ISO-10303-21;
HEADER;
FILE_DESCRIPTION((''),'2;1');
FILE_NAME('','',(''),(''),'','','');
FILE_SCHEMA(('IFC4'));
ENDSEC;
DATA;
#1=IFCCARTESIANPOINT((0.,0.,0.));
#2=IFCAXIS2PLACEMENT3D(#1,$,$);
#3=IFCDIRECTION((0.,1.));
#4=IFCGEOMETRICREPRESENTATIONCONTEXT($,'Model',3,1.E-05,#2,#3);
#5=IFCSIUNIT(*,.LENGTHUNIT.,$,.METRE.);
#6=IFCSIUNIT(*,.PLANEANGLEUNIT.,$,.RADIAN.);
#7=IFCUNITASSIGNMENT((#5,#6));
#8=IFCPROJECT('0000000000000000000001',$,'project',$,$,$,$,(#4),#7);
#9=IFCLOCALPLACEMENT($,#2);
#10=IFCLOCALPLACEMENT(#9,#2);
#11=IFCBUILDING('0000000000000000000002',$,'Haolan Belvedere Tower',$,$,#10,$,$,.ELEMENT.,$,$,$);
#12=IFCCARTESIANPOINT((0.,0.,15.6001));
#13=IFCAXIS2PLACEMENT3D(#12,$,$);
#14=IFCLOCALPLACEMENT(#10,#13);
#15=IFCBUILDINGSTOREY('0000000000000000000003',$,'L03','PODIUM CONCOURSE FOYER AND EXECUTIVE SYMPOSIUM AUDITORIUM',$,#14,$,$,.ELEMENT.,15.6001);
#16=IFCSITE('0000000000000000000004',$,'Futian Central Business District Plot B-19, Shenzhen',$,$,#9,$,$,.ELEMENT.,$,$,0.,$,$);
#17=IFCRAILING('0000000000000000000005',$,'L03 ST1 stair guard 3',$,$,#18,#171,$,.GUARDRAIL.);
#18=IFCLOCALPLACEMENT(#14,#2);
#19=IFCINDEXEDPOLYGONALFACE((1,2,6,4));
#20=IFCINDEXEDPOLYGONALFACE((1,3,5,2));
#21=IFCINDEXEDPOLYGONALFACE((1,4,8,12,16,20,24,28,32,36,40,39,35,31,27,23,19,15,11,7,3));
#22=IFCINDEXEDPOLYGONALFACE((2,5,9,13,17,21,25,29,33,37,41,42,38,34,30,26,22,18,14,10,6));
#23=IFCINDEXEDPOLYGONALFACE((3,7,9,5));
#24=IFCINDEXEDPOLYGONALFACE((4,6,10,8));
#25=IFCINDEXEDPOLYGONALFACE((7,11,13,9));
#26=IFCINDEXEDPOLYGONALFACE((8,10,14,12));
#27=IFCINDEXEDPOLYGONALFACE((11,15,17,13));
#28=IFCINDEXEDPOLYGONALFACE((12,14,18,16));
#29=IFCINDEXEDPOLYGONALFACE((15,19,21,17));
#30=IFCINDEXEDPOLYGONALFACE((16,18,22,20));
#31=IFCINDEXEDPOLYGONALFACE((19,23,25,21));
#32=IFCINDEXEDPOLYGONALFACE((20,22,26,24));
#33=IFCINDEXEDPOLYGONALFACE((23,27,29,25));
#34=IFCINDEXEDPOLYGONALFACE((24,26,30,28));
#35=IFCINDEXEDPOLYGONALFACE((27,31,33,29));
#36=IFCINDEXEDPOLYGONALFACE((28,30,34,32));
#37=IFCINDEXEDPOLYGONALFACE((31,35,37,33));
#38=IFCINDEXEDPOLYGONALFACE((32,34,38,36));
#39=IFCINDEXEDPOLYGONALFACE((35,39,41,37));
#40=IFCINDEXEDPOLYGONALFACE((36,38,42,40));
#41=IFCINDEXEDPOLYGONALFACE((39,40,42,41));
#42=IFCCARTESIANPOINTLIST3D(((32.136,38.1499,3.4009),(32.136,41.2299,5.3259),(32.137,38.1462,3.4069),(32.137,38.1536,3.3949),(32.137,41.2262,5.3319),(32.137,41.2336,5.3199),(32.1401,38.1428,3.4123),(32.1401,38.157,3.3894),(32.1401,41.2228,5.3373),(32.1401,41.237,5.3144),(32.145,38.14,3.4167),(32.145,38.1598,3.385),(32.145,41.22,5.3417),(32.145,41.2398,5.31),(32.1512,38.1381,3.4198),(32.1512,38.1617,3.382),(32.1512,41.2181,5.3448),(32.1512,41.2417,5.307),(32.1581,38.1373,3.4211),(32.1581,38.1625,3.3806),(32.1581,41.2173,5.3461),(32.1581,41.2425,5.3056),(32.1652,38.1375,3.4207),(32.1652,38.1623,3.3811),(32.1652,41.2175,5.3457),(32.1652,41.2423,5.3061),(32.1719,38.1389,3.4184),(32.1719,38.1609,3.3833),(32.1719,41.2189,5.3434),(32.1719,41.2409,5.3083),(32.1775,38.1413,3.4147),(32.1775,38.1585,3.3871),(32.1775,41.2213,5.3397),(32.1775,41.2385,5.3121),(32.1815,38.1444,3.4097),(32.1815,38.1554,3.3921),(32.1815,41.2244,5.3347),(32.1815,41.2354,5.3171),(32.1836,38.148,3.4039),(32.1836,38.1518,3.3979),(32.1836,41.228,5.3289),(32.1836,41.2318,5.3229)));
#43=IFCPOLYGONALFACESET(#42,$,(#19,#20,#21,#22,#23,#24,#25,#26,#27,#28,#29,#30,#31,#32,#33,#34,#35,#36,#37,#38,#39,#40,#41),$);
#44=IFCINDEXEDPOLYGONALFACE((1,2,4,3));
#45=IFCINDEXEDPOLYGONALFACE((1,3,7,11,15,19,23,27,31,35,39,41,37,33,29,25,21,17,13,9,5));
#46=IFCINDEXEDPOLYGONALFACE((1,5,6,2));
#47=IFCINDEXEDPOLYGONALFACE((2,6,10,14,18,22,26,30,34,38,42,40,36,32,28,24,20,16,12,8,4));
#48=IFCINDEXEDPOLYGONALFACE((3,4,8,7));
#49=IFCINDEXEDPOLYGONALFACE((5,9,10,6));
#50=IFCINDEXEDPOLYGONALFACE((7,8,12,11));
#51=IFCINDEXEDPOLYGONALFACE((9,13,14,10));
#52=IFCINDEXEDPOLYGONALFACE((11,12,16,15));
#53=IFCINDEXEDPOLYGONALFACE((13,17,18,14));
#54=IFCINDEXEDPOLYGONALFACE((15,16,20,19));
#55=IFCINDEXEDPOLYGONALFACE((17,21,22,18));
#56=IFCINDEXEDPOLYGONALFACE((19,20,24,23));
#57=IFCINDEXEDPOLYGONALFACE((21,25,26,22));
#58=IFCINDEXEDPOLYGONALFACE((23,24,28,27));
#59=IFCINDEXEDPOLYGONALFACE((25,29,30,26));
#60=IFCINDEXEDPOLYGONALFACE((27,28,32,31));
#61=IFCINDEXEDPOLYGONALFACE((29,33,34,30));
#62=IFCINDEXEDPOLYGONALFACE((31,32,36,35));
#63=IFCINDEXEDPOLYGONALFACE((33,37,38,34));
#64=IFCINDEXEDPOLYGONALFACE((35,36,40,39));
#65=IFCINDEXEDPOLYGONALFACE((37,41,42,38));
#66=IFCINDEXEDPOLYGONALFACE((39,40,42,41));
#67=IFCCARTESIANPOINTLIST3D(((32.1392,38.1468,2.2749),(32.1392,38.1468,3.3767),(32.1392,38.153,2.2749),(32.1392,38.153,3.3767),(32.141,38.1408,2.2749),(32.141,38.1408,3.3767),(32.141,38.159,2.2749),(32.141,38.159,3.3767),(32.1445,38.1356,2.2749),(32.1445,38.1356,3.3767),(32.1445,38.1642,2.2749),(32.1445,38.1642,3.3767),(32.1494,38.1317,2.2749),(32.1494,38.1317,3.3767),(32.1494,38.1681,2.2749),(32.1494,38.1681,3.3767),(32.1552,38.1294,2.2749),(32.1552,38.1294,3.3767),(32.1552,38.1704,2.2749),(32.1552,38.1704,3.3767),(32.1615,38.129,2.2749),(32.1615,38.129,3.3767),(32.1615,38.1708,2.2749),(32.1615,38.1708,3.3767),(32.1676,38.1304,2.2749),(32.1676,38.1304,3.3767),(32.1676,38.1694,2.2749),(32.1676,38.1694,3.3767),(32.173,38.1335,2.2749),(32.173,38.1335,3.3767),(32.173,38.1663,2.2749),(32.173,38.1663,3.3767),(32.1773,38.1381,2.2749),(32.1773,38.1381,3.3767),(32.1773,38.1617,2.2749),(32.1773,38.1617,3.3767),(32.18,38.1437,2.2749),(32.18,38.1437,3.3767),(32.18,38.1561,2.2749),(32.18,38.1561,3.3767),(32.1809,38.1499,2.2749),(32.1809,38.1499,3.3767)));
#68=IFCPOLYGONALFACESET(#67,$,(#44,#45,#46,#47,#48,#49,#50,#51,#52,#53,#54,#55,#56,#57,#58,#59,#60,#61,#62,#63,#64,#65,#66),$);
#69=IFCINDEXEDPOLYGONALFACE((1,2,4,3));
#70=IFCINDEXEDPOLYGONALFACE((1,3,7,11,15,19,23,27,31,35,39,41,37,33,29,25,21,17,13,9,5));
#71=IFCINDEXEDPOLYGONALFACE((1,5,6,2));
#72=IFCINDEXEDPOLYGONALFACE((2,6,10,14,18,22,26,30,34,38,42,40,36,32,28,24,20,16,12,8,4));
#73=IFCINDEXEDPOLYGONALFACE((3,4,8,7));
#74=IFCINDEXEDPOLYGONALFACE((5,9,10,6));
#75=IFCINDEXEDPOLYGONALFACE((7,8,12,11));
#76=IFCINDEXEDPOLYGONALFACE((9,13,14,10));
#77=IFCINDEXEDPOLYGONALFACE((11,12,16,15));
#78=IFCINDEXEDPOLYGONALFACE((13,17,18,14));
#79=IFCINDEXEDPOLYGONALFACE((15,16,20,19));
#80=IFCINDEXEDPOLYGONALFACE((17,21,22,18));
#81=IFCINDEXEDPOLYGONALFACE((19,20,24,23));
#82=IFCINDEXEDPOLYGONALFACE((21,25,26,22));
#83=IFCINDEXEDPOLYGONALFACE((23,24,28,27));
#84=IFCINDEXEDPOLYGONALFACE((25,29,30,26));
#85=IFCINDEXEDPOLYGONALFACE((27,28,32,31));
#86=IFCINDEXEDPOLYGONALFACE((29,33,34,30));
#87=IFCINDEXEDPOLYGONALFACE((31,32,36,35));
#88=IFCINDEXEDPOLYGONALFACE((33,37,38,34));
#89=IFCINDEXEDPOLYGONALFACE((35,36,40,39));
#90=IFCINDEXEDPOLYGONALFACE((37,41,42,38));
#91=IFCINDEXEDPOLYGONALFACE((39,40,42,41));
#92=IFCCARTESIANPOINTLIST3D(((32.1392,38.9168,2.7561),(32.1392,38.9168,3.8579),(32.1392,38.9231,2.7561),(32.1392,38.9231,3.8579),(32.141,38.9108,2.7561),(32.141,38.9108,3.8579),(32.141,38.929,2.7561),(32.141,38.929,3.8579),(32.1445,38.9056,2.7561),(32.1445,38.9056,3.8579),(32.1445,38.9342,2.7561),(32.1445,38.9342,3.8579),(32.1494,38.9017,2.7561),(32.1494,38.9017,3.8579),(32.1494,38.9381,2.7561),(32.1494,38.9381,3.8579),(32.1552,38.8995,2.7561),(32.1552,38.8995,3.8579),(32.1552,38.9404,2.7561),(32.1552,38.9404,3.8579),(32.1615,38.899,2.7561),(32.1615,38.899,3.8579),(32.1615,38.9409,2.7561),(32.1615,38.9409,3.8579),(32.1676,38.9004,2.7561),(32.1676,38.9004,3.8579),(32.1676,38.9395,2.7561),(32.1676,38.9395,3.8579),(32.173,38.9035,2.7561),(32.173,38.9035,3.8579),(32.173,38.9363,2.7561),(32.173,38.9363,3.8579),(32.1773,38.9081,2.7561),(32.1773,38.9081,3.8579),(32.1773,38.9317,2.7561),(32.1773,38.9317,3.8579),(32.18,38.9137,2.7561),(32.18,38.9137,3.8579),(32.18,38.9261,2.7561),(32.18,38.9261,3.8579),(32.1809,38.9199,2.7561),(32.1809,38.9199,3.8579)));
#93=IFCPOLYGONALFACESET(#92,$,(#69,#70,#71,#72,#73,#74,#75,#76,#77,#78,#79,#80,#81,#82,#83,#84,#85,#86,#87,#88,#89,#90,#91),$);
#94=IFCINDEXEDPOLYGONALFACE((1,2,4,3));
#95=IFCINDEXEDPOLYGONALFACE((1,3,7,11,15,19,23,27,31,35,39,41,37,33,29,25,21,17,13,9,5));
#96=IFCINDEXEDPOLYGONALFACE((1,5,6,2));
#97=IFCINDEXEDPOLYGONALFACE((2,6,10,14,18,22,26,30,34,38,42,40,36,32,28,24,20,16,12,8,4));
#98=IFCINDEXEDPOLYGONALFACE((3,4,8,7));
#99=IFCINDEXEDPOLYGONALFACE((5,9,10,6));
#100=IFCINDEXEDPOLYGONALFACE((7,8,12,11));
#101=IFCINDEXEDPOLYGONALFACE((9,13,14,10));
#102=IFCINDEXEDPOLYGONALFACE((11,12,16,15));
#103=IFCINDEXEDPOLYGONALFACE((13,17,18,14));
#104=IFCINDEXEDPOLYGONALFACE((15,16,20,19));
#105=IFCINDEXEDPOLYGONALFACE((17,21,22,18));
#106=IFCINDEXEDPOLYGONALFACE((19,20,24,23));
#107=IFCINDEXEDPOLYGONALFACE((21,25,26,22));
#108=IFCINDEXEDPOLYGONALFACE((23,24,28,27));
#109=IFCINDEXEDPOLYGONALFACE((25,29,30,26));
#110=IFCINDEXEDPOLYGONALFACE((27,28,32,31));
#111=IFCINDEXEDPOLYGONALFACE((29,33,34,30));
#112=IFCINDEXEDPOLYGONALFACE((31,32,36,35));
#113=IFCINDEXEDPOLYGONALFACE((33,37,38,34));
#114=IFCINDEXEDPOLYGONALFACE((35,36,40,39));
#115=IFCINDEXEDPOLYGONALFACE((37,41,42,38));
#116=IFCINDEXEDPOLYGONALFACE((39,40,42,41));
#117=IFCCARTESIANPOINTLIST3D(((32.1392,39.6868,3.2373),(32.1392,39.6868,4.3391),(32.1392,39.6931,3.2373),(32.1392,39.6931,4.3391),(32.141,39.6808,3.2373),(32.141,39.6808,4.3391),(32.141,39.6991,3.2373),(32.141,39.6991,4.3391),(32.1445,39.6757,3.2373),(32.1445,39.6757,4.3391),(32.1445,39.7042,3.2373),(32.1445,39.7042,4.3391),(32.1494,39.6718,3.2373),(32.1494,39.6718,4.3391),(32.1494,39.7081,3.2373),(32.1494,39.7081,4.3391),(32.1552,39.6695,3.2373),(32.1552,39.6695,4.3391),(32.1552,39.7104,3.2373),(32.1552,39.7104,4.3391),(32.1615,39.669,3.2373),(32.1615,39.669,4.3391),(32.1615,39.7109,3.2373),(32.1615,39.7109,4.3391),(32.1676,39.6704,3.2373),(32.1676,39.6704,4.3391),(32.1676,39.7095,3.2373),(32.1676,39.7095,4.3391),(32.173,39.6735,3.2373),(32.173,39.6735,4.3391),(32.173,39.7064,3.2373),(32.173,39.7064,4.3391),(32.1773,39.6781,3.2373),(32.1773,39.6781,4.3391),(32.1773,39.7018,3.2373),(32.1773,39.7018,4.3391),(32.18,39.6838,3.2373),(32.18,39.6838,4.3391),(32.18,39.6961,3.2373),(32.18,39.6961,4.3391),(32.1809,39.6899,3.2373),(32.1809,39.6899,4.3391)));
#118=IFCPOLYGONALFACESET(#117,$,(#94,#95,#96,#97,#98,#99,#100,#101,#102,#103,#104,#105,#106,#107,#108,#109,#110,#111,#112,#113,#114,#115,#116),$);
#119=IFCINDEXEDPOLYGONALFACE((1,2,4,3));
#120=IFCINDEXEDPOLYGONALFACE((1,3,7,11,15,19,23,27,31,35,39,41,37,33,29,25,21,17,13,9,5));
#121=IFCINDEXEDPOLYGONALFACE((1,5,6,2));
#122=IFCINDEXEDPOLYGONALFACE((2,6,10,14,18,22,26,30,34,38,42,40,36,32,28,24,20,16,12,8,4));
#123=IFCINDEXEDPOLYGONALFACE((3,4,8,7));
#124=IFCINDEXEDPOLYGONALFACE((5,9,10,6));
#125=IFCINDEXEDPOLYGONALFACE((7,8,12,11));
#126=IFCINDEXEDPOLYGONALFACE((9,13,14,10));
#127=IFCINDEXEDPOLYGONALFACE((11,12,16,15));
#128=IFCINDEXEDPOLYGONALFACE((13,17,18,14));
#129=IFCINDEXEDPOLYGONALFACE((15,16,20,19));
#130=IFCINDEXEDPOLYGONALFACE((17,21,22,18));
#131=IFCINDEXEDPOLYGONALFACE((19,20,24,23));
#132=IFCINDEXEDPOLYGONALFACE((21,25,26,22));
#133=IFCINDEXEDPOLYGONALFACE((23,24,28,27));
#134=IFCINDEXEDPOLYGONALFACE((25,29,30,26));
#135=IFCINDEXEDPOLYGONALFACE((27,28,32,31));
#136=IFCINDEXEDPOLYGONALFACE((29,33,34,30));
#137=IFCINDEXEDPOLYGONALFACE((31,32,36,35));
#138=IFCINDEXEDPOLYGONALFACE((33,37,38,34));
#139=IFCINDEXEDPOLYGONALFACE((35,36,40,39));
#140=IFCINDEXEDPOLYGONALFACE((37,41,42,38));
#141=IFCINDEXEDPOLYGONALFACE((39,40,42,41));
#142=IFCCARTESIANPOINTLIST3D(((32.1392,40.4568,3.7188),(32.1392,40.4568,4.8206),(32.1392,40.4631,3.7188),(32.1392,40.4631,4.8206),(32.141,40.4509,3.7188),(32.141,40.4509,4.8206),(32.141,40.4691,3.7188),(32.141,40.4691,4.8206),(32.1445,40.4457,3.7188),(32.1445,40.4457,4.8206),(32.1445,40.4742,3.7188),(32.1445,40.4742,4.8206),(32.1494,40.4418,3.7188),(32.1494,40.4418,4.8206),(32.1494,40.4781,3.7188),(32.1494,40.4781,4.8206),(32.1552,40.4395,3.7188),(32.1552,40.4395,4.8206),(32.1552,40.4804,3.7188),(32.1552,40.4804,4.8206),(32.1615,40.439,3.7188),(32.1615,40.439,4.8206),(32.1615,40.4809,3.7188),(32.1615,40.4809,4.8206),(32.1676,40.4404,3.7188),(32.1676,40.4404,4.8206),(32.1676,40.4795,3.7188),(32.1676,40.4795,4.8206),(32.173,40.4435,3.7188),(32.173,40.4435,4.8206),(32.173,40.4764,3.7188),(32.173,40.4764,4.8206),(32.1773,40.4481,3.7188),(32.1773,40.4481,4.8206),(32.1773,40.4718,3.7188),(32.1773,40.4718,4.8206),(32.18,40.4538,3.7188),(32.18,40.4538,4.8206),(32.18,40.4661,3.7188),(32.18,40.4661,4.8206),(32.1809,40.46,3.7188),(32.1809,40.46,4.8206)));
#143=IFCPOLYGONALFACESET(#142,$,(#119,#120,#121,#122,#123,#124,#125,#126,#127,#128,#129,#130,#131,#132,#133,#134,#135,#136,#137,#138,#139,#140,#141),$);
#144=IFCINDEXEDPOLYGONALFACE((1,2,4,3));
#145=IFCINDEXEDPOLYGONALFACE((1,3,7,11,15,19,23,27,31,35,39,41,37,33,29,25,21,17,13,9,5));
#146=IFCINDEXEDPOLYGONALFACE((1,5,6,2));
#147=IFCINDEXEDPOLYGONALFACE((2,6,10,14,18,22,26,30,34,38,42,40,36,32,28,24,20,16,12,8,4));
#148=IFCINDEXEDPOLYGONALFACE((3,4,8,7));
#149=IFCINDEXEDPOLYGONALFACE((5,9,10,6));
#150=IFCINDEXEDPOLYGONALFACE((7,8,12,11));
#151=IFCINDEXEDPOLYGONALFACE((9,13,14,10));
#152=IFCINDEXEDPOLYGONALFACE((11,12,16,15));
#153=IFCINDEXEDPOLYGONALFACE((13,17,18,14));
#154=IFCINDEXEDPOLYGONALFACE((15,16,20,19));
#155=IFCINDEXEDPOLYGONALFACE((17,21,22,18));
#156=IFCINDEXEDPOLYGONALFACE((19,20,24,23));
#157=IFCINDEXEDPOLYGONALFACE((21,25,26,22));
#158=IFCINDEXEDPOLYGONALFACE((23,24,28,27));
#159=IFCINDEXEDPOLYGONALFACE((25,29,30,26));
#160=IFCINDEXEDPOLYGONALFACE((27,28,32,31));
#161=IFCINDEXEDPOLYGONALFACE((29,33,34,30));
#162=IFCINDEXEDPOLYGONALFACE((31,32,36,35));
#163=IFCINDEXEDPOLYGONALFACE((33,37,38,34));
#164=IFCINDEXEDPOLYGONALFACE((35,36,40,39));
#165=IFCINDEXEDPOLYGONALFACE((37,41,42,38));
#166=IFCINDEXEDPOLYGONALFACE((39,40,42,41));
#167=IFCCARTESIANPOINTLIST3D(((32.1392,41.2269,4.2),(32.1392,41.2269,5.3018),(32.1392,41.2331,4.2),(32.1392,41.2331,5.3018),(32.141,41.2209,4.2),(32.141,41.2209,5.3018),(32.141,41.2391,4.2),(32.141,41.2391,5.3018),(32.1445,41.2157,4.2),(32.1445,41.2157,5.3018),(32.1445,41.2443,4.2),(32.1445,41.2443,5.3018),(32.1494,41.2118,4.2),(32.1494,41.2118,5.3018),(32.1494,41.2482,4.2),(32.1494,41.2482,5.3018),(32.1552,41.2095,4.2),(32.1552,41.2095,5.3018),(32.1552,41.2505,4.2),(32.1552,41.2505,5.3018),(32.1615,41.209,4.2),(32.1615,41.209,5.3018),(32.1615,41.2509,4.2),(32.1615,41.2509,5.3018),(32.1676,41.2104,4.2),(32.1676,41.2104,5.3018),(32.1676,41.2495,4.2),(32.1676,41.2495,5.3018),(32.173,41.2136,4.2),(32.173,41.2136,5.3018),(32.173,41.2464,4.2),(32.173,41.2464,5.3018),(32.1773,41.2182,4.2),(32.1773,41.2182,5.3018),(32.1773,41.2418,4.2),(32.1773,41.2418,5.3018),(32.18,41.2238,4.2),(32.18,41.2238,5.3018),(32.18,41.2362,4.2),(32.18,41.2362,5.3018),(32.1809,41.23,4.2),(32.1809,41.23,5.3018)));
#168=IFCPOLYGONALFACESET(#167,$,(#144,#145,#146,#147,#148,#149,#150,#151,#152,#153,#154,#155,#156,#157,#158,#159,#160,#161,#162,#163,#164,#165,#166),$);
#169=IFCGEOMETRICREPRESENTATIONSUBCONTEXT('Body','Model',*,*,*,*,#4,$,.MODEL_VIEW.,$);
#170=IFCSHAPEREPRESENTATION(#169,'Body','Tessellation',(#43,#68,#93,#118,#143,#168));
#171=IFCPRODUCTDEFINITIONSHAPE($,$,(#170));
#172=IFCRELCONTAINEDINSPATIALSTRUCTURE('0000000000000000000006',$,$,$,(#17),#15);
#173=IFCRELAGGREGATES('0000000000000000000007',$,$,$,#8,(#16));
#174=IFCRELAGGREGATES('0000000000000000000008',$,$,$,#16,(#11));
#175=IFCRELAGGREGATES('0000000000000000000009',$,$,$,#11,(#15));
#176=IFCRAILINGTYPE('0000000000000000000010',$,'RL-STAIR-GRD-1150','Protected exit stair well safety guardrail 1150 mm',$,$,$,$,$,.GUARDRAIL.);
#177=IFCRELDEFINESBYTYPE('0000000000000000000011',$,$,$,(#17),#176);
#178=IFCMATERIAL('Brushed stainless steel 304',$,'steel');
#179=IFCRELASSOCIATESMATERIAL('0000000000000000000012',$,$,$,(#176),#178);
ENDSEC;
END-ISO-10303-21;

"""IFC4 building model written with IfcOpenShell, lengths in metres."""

from ifc_helpers import new_model, si_unit, direction, frame, origin, origin_2d, place, context, subcontext, project, spatial, circle, extrude, material, type_object, element, save


model = new_model("IFC4")

# Units and contexts
model_context = context("Model", 3, precision=1e-05, world=origin(), true_north=direction((0.0, 1.0)))
body_context = subcontext(model_context, "Body", "Model", "MODEL_VIEW")
ifc_project = project(units=[si_unit("LENGTHUNIT", "METRE"), si_unit("PLANEANGLEUNIT", "RADIAN")], contexts=[model_context])

# Site, building, storey
site_placement = place(None, origin())
site = spatial("IfcSite", under=ifc_project, at=site_placement, Name="Futian Central Business District Plot B-19, Shenzhen", CompositionType="ELEMENT", RefElevation=0.0)
building_placement = place(site_placement, origin())
building = spatial("IfcBuilding", under=site, at=building_placement, Name="Haolan Belvedere Tower", CompositionType="ELEMENT")
storey_placement = place(building_placement, frame((0.0, 0.0, 15.6001)))
storey = spatial("IfcBuildingStorey", under=building, at=storey_placement, Name="L03", Description="PODIUM CONCOURSE FOYER AND EXECUTIVE SYMPOSIUM AUDITORIUM", CompositionType="ELEMENT", Elevation=15.6001)

# Railing
ifc_material_1 = material(Name="Brushed stainless steel 304", Category="steel")
railing_type = type_object("IfcRailingType", Name="RL-STAIR-GRD-1150", Description="Protected exit stair well safety guardrail 1150 mm", PredefinedType="GUARDRAIL", material=ifc_material_1)
railing_1_placement = place(storey_placement, frame((32.1599, 38.1499, 2.2749)))
element("IfcRailing", 1, at=railing_1_placement, inside=storey, type_object=railing_type, Name="L03 ST1 stair guard 3", PredefinedType="GUARDRAIL", context=body_context, shape_type="SweptSolid", body=[
    extrude(circle(Radius=0.0239, at=origin_2d()), frame((0.0, 0.0, 1.126), z_axis=(0.0, 0.847998, 0.529999), x_axis=(-1.0, 0.0, 0.0)), (0.0, 0.0, 1.0), 3.6321),
    extrude(circle(Radius=0.021, at=origin_2d()), origin(), (0.0, 0.0, 1.0), 1.1018),
    extrude(circle(Radius=0.021, at=origin_2d()), frame((0.0, 0.77, 0.4812)), (0.0, 0.0, 1.0), 1.1018),
    extrude(circle(Radius=0.021, at=origin_2d()), frame((0.0, 1.54, 0.9624)), (0.0, 0.0, 1.0), 1.1018),
    extrude(circle(Radius=0.021, at=origin_2d()), frame((0.0, 2.3101, 1.4438)), (0.0, 0.0, 1.0), 1.1018),
    extrude(circle(Radius=0.021, at=origin_2d()), frame((0.0, 3.0801, 1.925)), (0.0, 0.0, 1.0), 1.1018),
])

save(model, "model.ifc")
